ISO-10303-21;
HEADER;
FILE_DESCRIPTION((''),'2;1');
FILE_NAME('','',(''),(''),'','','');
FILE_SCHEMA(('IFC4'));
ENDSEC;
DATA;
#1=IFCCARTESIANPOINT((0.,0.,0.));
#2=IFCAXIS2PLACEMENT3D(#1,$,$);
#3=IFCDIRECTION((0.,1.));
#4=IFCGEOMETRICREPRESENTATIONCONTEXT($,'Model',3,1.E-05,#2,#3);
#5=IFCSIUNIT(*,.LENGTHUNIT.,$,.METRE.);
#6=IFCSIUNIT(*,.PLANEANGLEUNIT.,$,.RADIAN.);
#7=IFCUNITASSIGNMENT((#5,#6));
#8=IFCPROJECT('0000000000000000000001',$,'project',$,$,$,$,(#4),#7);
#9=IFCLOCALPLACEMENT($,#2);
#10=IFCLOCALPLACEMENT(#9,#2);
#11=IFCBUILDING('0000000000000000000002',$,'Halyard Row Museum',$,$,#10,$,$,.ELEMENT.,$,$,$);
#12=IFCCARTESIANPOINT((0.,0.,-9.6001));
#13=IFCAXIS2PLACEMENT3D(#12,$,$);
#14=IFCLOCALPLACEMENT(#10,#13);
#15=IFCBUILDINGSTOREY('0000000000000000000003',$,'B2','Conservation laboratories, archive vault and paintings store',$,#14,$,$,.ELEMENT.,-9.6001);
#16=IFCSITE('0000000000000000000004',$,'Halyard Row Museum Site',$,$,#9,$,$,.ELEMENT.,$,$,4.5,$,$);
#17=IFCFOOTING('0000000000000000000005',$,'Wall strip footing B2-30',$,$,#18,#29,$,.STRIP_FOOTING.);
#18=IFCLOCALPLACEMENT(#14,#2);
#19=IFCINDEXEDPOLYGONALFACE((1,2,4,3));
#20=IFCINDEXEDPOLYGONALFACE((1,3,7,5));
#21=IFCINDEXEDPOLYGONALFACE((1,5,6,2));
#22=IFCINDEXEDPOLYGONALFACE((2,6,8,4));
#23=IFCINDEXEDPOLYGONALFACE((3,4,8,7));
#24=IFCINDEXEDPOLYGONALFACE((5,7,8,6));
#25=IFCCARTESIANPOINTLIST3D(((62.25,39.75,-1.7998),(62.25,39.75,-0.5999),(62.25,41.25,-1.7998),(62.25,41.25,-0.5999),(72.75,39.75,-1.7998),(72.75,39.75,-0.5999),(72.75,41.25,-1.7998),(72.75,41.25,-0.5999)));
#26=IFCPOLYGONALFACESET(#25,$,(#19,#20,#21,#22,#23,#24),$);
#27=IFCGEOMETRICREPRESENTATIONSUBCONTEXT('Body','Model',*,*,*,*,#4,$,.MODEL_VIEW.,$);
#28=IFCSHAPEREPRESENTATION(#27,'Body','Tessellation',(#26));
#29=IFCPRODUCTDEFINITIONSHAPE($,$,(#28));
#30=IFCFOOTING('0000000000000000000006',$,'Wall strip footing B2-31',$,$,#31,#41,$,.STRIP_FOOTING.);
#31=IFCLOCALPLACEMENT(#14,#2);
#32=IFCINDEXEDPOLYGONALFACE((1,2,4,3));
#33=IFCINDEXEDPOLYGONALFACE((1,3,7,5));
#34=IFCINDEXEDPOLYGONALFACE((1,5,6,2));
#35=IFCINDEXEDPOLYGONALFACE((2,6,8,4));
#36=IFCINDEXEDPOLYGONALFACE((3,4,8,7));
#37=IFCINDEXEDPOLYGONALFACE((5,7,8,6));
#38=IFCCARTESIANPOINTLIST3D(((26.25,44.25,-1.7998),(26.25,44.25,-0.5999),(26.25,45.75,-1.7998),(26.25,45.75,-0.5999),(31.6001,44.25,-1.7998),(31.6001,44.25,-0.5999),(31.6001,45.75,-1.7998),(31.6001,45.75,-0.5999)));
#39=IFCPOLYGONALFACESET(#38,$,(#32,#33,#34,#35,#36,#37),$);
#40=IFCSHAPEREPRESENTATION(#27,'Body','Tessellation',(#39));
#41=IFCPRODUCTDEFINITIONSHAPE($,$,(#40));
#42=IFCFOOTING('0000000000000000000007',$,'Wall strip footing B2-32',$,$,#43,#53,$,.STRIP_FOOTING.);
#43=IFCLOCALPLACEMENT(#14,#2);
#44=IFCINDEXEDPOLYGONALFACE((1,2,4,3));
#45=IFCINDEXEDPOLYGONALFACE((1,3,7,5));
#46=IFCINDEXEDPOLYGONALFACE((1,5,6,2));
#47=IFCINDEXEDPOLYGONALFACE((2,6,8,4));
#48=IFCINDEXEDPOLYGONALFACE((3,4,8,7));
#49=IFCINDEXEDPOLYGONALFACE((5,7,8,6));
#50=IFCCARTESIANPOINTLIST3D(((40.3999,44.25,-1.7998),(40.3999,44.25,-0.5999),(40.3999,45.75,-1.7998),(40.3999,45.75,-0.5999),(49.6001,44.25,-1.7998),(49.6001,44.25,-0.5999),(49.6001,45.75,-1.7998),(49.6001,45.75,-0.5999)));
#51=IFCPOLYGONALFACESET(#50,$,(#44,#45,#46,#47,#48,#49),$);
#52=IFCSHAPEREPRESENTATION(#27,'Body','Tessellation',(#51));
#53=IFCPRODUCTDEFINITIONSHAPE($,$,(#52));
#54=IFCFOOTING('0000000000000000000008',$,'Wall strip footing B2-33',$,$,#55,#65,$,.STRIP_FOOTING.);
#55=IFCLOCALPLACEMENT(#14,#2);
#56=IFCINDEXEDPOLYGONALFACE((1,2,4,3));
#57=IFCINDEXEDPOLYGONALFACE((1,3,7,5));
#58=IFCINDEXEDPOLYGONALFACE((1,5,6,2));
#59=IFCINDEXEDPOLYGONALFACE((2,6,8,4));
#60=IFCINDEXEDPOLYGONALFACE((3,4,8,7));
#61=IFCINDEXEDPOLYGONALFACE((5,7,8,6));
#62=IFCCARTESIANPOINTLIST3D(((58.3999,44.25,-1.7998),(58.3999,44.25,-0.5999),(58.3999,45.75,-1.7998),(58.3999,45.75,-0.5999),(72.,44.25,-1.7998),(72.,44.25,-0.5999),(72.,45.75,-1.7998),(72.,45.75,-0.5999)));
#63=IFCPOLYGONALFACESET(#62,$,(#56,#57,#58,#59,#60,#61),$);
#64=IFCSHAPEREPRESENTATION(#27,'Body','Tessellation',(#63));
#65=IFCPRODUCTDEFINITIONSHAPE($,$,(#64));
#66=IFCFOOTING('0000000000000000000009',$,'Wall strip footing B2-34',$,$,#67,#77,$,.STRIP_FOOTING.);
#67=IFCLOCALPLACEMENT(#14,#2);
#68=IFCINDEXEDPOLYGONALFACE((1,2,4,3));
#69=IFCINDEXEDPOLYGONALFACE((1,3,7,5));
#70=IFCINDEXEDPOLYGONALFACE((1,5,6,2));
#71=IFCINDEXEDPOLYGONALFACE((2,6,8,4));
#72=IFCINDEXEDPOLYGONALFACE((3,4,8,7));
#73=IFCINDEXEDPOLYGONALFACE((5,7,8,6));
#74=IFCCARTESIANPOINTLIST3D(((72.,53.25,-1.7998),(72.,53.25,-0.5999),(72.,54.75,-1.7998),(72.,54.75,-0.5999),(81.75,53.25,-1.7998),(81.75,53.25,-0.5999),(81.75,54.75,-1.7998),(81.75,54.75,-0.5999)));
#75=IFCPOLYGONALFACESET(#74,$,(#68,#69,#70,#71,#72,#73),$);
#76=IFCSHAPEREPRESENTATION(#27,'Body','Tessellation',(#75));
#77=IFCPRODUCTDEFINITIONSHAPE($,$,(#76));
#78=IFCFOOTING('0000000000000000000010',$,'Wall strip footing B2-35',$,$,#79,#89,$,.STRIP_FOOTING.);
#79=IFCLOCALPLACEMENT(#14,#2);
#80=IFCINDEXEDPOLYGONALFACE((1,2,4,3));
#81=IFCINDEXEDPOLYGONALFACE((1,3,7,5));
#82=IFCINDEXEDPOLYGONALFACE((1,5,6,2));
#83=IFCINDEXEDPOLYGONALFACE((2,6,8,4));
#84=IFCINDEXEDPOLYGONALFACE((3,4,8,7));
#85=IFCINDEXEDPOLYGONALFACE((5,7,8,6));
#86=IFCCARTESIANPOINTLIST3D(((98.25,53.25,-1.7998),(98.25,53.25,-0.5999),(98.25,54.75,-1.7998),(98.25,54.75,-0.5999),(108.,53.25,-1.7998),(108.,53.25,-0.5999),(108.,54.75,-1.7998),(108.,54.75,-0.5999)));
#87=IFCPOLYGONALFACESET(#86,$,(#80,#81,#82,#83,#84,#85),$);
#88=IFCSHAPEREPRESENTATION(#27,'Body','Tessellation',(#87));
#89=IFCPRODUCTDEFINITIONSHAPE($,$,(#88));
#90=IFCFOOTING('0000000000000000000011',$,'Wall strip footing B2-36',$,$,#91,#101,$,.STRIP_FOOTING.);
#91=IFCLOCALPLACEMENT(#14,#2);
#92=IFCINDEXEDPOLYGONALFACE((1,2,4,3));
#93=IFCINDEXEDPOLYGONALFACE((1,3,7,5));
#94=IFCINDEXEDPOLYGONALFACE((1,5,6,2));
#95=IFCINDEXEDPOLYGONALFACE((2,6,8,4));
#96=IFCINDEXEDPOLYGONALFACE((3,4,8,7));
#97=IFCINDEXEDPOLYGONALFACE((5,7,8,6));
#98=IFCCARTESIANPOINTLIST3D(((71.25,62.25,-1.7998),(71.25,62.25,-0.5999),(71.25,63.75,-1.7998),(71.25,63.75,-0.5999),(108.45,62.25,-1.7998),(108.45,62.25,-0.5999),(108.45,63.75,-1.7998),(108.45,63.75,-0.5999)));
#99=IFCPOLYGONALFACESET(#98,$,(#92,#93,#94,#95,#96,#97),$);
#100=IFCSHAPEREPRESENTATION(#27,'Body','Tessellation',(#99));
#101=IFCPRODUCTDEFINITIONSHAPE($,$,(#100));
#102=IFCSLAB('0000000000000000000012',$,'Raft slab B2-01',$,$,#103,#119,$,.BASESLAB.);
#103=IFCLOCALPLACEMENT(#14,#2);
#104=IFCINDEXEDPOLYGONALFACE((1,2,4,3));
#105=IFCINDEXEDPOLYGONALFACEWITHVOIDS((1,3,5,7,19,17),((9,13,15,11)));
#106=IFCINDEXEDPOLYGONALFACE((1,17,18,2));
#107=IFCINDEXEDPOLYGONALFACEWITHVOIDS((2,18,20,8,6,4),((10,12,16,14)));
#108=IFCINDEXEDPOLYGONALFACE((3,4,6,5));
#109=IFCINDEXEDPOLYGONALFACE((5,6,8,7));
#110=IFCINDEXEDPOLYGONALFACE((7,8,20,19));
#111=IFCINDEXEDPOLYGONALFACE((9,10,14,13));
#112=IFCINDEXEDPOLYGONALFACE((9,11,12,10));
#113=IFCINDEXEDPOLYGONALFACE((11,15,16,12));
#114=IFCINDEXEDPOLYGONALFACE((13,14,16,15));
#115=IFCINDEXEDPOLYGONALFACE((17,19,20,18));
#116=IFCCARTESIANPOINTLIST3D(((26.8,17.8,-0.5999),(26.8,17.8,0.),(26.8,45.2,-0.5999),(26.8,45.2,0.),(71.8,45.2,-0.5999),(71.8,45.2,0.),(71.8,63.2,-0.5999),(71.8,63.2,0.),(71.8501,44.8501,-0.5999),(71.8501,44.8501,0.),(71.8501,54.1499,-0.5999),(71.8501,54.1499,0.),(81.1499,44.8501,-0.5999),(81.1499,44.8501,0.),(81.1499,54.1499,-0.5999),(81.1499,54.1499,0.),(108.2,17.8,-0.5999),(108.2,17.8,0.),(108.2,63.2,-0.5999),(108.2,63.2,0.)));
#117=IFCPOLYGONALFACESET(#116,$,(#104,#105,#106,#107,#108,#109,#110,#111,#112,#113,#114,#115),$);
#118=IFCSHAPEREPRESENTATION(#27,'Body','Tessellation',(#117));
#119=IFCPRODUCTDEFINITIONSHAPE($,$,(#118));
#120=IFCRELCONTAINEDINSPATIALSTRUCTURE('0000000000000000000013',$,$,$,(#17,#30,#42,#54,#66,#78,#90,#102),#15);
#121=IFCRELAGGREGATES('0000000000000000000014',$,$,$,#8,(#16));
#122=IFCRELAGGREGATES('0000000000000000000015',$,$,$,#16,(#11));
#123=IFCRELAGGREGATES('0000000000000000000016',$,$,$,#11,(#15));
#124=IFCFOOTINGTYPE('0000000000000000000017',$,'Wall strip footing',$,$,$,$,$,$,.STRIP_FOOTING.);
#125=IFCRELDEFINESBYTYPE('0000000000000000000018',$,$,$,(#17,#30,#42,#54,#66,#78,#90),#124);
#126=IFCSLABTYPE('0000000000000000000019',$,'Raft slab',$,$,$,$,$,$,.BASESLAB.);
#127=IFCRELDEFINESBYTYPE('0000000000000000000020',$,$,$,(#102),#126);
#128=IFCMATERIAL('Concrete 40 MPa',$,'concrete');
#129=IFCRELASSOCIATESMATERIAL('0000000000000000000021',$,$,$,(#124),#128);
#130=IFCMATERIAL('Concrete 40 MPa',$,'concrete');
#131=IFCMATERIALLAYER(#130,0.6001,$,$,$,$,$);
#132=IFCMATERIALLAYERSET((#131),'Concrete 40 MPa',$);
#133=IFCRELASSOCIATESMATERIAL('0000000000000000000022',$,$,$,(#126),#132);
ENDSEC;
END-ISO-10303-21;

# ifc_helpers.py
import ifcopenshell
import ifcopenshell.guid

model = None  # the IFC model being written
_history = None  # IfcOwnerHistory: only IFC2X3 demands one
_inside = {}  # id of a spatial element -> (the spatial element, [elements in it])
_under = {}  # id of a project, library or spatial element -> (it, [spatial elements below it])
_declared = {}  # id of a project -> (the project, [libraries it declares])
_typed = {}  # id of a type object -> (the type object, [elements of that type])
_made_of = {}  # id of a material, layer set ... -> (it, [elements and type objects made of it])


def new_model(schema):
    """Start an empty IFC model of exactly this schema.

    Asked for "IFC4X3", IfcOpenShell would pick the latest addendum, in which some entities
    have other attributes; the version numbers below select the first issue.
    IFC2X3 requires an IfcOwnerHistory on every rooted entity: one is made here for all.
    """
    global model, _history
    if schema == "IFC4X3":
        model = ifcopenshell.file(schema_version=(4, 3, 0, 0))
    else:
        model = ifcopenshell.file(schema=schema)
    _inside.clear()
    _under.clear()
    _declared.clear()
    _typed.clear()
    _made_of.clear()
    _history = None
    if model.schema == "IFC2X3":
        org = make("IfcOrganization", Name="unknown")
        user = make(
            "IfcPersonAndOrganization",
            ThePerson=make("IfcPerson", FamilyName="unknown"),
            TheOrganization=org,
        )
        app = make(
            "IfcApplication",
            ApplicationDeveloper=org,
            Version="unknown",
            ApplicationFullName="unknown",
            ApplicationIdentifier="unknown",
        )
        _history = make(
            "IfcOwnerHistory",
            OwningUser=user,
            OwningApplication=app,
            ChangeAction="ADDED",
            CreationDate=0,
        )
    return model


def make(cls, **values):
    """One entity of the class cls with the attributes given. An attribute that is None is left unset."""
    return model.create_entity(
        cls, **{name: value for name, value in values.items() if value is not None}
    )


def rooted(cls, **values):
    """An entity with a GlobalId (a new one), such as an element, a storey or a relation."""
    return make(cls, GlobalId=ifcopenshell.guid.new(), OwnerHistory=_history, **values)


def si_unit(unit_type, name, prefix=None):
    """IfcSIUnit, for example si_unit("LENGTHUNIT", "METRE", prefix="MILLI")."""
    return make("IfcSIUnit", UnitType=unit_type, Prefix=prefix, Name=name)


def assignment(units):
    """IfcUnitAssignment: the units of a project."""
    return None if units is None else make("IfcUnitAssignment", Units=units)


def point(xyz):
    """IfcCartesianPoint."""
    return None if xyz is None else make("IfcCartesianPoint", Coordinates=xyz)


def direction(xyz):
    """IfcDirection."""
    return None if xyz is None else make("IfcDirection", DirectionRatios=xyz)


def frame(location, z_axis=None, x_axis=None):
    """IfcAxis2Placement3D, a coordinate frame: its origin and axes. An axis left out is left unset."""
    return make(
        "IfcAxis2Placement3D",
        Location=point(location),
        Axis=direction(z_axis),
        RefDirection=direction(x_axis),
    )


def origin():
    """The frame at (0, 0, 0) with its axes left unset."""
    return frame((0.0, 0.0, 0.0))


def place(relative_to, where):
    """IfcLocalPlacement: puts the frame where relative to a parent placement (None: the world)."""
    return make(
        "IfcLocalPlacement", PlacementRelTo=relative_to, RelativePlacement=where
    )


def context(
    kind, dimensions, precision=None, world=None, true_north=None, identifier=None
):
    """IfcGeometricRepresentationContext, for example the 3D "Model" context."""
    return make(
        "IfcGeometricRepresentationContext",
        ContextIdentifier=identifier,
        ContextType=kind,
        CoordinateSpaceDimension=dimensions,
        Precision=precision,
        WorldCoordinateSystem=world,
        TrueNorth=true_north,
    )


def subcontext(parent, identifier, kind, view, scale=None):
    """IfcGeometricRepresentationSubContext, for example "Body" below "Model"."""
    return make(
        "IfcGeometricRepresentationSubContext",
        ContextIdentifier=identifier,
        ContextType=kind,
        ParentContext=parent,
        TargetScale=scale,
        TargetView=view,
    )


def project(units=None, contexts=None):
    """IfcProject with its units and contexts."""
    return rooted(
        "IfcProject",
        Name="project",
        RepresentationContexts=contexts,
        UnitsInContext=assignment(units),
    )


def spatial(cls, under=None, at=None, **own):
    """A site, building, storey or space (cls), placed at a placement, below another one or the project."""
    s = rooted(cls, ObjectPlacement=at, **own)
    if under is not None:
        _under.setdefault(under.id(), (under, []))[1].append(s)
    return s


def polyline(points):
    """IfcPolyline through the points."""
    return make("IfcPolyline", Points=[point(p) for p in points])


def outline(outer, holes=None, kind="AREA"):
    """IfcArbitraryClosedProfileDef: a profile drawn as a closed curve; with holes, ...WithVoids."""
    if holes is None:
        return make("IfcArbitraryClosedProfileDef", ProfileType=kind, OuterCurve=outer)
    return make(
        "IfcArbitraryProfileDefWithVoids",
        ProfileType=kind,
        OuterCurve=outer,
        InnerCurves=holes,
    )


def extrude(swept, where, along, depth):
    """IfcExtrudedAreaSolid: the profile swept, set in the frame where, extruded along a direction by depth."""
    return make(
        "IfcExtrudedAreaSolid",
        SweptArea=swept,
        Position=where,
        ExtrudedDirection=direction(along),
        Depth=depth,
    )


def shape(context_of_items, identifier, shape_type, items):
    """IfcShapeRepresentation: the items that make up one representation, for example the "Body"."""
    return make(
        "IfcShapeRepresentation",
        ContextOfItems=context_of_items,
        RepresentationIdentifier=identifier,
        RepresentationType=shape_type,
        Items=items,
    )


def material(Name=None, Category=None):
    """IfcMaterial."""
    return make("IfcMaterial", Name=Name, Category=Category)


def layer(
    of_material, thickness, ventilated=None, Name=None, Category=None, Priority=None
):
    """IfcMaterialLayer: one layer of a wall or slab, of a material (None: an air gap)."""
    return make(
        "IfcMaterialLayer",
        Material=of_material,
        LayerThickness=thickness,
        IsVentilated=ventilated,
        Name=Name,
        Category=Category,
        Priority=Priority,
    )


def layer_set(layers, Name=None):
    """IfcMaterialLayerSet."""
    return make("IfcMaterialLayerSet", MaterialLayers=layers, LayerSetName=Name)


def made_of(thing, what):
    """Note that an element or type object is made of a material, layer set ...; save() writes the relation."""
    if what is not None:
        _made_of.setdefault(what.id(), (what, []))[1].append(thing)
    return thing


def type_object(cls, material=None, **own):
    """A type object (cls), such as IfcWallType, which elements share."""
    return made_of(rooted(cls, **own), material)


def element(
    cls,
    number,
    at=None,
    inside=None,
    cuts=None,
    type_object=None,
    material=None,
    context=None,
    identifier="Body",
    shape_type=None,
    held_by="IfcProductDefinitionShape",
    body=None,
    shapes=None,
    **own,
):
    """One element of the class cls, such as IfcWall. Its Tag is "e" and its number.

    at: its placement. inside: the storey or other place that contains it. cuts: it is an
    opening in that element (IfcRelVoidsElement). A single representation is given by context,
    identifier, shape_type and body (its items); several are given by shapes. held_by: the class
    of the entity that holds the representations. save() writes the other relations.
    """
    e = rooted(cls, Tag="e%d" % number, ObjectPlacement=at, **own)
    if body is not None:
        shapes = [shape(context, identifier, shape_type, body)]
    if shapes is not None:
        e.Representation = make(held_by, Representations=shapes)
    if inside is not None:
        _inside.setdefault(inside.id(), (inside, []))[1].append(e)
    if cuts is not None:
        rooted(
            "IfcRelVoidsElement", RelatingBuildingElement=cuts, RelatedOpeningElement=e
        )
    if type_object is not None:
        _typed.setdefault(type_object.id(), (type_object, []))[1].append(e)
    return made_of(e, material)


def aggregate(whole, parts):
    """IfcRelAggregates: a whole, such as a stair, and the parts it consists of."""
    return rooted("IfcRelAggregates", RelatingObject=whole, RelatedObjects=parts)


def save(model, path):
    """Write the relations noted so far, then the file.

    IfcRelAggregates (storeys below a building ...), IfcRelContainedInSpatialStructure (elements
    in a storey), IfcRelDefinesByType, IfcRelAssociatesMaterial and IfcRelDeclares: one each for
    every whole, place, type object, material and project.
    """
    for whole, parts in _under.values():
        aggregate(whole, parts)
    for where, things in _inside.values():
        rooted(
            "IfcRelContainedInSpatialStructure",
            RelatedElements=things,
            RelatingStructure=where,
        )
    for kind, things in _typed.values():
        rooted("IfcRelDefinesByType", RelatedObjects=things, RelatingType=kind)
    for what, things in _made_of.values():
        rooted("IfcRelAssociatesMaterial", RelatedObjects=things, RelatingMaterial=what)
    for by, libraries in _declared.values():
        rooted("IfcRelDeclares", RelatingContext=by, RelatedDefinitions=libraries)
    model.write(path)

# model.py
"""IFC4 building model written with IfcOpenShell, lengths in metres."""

from ifc_helpers import new_model, si_unit, direction, frame, origin, place, context, subcontext, project, spatial, polyline, outline, extrude, material, layer, layer_set, type_object, element, save


model = new_model("IFC4")

# Units and contexts
model_context = context("Model", 3, precision=1e-05, world=origin(), true_north=direction((0.0, 1.0)))
body_context = subcontext(model_context, "Body", "Model", "MODEL_VIEW")
ifc_project = project(units=[si_unit("LENGTHUNIT", "METRE"), si_unit("PLANEANGLEUNIT", "RADIAN")], contexts=[model_context])

# Site, building, storey
site_placement = place(None, origin())
site = spatial("IfcSite", under=ifc_project, at=site_placement, Name="Halyard Row Museum Site", CompositionType="ELEMENT", RefElevation=4.5)
building_placement = place(site_placement, origin())
building = spatial("IfcBuilding", under=site, at=building_placement, Name="Halyard Row Museum", CompositionType="ELEMENT")
storey_placement = place(building_placement, frame((0.0, 0.0, -9.6001)))
storey = spatial("IfcBuildingStorey", under=building, at=storey_placement, Name="B2", Description="Conservation laboratories, archive vault and paintings store", CompositionType="ELEMENT", Elevation=-9.6001)

# Footings
ifc_material_1 = material(Name="Concrete 40 MPa", Category="concrete")
footing_type_1 = type_object("IfcFootingType", Name="Wall strip footing", PredefinedType="STRIP_FOOTING", material=ifc_material_1)
footing_1_placement = place(storey_placement, frame((0.0, 0.0, -1.7998)))
element("IfcFooting", 1, at=footing_1_placement, inside=storey, type_object=footing_type_1, Name="Wall strip footing B2-30", PredefinedType="STRIP_FOOTING", context=body_context, shape_type="SweptSolid", body=[
    extrude(outline(polyline([(62.25, 39.75), (72.75, 39.75), (72.75, 41.25), (62.25, 41.25), (62.25, 39.75)])), origin(), (0.0, 0.0, 1.0), 1.2),
])
footing_2_placement = place(storey_placement, frame((0.0, 0.0, -1.7998)))
element("IfcFooting", 2, at=footing_2_placement, inside=storey, type_object=footing_type_1, Name="Wall strip footing B2-31", PredefinedType="STRIP_FOOTING", context=body_context, shape_type="SweptSolid", body=[
    extrude(outline(polyline([(26.25, 44.25), (31.6001, 44.25), (31.6001, 45.75), (26.25, 45.75), (26.25, 44.25)])), origin(), (0.0, 0.0, 1.0), 1.2),
])
footing_3_placement = place(storey_placement, frame((0.0, 0.0, -1.7998)))
element("IfcFooting", 3, at=footing_3_placement, inside=storey, type_object=footing_type_1, Name="Wall strip footing B2-32", PredefinedType="STRIP_FOOTING", context=body_context, shape_type="SweptSolid", body=[
    extrude(outline(polyline([(49.6001, 45.75), (40.3999, 45.75), (40.3999, 44.25), (49.6001, 44.25), (49.6001, 45.75)])), origin(), (0.0, 0.0, 1.0), 1.2),
])
footing_4_placement = place(storey_placement, frame((0.0, 0.0, -1.7998)))
element("IfcFooting", 4, at=footing_4_placement, inside=storey, type_object=footing_type_1, Name="Wall strip footing B2-33", PredefinedType="STRIP_FOOTING", context=body_context, shape_type="SweptSolid", body=[
    extrude(outline(polyline([(72.0, 45.75), (58.3999, 45.75), (58.3999, 44.25), (72.0, 44.25), (72.0, 45.75)])), origin(), (0.0, 0.0, 1.0), 1.2),
])
footing_5_placement = place(storey_placement, frame((0.0, 0.0, -1.7998)))
element("IfcFooting", 5, at=footing_5_placement, inside=storey, type_object=footing_type_1, Name="Wall strip footing B2-34", PredefinedType="STRIP_FOOTING", context=body_context, shape_type="SweptSolid", body=[
    extrude(outline(polyline([(72.0, 53.25), (81.75, 53.25), (81.75, 54.75), (72.0, 54.75), (72.0, 53.25)])), origin(), (0.0, 0.0, 1.0), 1.2),
])
footing_6_placement = place(storey_placement, frame((0.0, 0.0, -1.7998)))
element("IfcFooting", 6, at=footing_6_placement, inside=storey, type_object=footing_type_1, Name="Wall strip footing B2-35", PredefinedType="STRIP_FOOTING", context=body_context, shape_type="SweptSolid", body=[
    extrude(outline(polyline([(98.25, 53.25), (108.0, 53.25), (108.0, 54.75), (98.25, 54.75), (98.25, 53.25)])), origin(), (0.0, 0.0, 1.0), 1.2),
])
footing_7_placement = place(storey_placement, frame((0.0, 0.0, -1.7998)))
element("IfcFooting", 7, at=footing_7_placement, inside=storey, type_object=footing_type_1, Name="Wall strip footing B2-36", PredefinedType="STRIP_FOOTING", context=body_context, shape_type="SweptSolid", body=[
    extrude(outline(polyline([(71.25, 62.25), (108.45, 62.25), (108.45, 63.75), (71.25, 63.75), (71.25, 62.25)])), origin(), (0.0, 0.0, 1.0), 1.2),
])

# Slab
ifc_material_2 = material(Name="Concrete 40 MPa", Category="concrete")
ifc_layer = layer(ifc_material_2, 0.6001)
ifc_layer_set = layer_set([ifc_layer], Name="Concrete 40 MPa")
slab_type = type_object("IfcSlabType", Name="Raft slab", PredefinedType="BASESLAB", material=ifc_layer_set)
slab_placement = place(storey_placement, frame((0.0, 0.0, -0.5999)))
element("IfcSlab", 8, at=slab_placement, inside=storey, type_object=slab_type, Name="Raft slab B2-01", PredefinedType="BASESLAB", context=body_context, shape_type="SweptSolid", body=[
    extrude(outline(polyline([(26.8, 45.2), (26.8, 17.8), (108.2, 17.8), (108.2, 63.2), (71.8, 63.2), (71.8, 45.2), (26.8, 45.2)]), holes=[polyline([(81.1499, 54.1499), (81.1499, 44.8501), (71.8501, 44.8501), (71.8501, 54.1499), (81.1499, 54.1499)])]), origin(), (0.0, 0.0, 1.0), 0.5999),
])

save(model, "model.ifc")
